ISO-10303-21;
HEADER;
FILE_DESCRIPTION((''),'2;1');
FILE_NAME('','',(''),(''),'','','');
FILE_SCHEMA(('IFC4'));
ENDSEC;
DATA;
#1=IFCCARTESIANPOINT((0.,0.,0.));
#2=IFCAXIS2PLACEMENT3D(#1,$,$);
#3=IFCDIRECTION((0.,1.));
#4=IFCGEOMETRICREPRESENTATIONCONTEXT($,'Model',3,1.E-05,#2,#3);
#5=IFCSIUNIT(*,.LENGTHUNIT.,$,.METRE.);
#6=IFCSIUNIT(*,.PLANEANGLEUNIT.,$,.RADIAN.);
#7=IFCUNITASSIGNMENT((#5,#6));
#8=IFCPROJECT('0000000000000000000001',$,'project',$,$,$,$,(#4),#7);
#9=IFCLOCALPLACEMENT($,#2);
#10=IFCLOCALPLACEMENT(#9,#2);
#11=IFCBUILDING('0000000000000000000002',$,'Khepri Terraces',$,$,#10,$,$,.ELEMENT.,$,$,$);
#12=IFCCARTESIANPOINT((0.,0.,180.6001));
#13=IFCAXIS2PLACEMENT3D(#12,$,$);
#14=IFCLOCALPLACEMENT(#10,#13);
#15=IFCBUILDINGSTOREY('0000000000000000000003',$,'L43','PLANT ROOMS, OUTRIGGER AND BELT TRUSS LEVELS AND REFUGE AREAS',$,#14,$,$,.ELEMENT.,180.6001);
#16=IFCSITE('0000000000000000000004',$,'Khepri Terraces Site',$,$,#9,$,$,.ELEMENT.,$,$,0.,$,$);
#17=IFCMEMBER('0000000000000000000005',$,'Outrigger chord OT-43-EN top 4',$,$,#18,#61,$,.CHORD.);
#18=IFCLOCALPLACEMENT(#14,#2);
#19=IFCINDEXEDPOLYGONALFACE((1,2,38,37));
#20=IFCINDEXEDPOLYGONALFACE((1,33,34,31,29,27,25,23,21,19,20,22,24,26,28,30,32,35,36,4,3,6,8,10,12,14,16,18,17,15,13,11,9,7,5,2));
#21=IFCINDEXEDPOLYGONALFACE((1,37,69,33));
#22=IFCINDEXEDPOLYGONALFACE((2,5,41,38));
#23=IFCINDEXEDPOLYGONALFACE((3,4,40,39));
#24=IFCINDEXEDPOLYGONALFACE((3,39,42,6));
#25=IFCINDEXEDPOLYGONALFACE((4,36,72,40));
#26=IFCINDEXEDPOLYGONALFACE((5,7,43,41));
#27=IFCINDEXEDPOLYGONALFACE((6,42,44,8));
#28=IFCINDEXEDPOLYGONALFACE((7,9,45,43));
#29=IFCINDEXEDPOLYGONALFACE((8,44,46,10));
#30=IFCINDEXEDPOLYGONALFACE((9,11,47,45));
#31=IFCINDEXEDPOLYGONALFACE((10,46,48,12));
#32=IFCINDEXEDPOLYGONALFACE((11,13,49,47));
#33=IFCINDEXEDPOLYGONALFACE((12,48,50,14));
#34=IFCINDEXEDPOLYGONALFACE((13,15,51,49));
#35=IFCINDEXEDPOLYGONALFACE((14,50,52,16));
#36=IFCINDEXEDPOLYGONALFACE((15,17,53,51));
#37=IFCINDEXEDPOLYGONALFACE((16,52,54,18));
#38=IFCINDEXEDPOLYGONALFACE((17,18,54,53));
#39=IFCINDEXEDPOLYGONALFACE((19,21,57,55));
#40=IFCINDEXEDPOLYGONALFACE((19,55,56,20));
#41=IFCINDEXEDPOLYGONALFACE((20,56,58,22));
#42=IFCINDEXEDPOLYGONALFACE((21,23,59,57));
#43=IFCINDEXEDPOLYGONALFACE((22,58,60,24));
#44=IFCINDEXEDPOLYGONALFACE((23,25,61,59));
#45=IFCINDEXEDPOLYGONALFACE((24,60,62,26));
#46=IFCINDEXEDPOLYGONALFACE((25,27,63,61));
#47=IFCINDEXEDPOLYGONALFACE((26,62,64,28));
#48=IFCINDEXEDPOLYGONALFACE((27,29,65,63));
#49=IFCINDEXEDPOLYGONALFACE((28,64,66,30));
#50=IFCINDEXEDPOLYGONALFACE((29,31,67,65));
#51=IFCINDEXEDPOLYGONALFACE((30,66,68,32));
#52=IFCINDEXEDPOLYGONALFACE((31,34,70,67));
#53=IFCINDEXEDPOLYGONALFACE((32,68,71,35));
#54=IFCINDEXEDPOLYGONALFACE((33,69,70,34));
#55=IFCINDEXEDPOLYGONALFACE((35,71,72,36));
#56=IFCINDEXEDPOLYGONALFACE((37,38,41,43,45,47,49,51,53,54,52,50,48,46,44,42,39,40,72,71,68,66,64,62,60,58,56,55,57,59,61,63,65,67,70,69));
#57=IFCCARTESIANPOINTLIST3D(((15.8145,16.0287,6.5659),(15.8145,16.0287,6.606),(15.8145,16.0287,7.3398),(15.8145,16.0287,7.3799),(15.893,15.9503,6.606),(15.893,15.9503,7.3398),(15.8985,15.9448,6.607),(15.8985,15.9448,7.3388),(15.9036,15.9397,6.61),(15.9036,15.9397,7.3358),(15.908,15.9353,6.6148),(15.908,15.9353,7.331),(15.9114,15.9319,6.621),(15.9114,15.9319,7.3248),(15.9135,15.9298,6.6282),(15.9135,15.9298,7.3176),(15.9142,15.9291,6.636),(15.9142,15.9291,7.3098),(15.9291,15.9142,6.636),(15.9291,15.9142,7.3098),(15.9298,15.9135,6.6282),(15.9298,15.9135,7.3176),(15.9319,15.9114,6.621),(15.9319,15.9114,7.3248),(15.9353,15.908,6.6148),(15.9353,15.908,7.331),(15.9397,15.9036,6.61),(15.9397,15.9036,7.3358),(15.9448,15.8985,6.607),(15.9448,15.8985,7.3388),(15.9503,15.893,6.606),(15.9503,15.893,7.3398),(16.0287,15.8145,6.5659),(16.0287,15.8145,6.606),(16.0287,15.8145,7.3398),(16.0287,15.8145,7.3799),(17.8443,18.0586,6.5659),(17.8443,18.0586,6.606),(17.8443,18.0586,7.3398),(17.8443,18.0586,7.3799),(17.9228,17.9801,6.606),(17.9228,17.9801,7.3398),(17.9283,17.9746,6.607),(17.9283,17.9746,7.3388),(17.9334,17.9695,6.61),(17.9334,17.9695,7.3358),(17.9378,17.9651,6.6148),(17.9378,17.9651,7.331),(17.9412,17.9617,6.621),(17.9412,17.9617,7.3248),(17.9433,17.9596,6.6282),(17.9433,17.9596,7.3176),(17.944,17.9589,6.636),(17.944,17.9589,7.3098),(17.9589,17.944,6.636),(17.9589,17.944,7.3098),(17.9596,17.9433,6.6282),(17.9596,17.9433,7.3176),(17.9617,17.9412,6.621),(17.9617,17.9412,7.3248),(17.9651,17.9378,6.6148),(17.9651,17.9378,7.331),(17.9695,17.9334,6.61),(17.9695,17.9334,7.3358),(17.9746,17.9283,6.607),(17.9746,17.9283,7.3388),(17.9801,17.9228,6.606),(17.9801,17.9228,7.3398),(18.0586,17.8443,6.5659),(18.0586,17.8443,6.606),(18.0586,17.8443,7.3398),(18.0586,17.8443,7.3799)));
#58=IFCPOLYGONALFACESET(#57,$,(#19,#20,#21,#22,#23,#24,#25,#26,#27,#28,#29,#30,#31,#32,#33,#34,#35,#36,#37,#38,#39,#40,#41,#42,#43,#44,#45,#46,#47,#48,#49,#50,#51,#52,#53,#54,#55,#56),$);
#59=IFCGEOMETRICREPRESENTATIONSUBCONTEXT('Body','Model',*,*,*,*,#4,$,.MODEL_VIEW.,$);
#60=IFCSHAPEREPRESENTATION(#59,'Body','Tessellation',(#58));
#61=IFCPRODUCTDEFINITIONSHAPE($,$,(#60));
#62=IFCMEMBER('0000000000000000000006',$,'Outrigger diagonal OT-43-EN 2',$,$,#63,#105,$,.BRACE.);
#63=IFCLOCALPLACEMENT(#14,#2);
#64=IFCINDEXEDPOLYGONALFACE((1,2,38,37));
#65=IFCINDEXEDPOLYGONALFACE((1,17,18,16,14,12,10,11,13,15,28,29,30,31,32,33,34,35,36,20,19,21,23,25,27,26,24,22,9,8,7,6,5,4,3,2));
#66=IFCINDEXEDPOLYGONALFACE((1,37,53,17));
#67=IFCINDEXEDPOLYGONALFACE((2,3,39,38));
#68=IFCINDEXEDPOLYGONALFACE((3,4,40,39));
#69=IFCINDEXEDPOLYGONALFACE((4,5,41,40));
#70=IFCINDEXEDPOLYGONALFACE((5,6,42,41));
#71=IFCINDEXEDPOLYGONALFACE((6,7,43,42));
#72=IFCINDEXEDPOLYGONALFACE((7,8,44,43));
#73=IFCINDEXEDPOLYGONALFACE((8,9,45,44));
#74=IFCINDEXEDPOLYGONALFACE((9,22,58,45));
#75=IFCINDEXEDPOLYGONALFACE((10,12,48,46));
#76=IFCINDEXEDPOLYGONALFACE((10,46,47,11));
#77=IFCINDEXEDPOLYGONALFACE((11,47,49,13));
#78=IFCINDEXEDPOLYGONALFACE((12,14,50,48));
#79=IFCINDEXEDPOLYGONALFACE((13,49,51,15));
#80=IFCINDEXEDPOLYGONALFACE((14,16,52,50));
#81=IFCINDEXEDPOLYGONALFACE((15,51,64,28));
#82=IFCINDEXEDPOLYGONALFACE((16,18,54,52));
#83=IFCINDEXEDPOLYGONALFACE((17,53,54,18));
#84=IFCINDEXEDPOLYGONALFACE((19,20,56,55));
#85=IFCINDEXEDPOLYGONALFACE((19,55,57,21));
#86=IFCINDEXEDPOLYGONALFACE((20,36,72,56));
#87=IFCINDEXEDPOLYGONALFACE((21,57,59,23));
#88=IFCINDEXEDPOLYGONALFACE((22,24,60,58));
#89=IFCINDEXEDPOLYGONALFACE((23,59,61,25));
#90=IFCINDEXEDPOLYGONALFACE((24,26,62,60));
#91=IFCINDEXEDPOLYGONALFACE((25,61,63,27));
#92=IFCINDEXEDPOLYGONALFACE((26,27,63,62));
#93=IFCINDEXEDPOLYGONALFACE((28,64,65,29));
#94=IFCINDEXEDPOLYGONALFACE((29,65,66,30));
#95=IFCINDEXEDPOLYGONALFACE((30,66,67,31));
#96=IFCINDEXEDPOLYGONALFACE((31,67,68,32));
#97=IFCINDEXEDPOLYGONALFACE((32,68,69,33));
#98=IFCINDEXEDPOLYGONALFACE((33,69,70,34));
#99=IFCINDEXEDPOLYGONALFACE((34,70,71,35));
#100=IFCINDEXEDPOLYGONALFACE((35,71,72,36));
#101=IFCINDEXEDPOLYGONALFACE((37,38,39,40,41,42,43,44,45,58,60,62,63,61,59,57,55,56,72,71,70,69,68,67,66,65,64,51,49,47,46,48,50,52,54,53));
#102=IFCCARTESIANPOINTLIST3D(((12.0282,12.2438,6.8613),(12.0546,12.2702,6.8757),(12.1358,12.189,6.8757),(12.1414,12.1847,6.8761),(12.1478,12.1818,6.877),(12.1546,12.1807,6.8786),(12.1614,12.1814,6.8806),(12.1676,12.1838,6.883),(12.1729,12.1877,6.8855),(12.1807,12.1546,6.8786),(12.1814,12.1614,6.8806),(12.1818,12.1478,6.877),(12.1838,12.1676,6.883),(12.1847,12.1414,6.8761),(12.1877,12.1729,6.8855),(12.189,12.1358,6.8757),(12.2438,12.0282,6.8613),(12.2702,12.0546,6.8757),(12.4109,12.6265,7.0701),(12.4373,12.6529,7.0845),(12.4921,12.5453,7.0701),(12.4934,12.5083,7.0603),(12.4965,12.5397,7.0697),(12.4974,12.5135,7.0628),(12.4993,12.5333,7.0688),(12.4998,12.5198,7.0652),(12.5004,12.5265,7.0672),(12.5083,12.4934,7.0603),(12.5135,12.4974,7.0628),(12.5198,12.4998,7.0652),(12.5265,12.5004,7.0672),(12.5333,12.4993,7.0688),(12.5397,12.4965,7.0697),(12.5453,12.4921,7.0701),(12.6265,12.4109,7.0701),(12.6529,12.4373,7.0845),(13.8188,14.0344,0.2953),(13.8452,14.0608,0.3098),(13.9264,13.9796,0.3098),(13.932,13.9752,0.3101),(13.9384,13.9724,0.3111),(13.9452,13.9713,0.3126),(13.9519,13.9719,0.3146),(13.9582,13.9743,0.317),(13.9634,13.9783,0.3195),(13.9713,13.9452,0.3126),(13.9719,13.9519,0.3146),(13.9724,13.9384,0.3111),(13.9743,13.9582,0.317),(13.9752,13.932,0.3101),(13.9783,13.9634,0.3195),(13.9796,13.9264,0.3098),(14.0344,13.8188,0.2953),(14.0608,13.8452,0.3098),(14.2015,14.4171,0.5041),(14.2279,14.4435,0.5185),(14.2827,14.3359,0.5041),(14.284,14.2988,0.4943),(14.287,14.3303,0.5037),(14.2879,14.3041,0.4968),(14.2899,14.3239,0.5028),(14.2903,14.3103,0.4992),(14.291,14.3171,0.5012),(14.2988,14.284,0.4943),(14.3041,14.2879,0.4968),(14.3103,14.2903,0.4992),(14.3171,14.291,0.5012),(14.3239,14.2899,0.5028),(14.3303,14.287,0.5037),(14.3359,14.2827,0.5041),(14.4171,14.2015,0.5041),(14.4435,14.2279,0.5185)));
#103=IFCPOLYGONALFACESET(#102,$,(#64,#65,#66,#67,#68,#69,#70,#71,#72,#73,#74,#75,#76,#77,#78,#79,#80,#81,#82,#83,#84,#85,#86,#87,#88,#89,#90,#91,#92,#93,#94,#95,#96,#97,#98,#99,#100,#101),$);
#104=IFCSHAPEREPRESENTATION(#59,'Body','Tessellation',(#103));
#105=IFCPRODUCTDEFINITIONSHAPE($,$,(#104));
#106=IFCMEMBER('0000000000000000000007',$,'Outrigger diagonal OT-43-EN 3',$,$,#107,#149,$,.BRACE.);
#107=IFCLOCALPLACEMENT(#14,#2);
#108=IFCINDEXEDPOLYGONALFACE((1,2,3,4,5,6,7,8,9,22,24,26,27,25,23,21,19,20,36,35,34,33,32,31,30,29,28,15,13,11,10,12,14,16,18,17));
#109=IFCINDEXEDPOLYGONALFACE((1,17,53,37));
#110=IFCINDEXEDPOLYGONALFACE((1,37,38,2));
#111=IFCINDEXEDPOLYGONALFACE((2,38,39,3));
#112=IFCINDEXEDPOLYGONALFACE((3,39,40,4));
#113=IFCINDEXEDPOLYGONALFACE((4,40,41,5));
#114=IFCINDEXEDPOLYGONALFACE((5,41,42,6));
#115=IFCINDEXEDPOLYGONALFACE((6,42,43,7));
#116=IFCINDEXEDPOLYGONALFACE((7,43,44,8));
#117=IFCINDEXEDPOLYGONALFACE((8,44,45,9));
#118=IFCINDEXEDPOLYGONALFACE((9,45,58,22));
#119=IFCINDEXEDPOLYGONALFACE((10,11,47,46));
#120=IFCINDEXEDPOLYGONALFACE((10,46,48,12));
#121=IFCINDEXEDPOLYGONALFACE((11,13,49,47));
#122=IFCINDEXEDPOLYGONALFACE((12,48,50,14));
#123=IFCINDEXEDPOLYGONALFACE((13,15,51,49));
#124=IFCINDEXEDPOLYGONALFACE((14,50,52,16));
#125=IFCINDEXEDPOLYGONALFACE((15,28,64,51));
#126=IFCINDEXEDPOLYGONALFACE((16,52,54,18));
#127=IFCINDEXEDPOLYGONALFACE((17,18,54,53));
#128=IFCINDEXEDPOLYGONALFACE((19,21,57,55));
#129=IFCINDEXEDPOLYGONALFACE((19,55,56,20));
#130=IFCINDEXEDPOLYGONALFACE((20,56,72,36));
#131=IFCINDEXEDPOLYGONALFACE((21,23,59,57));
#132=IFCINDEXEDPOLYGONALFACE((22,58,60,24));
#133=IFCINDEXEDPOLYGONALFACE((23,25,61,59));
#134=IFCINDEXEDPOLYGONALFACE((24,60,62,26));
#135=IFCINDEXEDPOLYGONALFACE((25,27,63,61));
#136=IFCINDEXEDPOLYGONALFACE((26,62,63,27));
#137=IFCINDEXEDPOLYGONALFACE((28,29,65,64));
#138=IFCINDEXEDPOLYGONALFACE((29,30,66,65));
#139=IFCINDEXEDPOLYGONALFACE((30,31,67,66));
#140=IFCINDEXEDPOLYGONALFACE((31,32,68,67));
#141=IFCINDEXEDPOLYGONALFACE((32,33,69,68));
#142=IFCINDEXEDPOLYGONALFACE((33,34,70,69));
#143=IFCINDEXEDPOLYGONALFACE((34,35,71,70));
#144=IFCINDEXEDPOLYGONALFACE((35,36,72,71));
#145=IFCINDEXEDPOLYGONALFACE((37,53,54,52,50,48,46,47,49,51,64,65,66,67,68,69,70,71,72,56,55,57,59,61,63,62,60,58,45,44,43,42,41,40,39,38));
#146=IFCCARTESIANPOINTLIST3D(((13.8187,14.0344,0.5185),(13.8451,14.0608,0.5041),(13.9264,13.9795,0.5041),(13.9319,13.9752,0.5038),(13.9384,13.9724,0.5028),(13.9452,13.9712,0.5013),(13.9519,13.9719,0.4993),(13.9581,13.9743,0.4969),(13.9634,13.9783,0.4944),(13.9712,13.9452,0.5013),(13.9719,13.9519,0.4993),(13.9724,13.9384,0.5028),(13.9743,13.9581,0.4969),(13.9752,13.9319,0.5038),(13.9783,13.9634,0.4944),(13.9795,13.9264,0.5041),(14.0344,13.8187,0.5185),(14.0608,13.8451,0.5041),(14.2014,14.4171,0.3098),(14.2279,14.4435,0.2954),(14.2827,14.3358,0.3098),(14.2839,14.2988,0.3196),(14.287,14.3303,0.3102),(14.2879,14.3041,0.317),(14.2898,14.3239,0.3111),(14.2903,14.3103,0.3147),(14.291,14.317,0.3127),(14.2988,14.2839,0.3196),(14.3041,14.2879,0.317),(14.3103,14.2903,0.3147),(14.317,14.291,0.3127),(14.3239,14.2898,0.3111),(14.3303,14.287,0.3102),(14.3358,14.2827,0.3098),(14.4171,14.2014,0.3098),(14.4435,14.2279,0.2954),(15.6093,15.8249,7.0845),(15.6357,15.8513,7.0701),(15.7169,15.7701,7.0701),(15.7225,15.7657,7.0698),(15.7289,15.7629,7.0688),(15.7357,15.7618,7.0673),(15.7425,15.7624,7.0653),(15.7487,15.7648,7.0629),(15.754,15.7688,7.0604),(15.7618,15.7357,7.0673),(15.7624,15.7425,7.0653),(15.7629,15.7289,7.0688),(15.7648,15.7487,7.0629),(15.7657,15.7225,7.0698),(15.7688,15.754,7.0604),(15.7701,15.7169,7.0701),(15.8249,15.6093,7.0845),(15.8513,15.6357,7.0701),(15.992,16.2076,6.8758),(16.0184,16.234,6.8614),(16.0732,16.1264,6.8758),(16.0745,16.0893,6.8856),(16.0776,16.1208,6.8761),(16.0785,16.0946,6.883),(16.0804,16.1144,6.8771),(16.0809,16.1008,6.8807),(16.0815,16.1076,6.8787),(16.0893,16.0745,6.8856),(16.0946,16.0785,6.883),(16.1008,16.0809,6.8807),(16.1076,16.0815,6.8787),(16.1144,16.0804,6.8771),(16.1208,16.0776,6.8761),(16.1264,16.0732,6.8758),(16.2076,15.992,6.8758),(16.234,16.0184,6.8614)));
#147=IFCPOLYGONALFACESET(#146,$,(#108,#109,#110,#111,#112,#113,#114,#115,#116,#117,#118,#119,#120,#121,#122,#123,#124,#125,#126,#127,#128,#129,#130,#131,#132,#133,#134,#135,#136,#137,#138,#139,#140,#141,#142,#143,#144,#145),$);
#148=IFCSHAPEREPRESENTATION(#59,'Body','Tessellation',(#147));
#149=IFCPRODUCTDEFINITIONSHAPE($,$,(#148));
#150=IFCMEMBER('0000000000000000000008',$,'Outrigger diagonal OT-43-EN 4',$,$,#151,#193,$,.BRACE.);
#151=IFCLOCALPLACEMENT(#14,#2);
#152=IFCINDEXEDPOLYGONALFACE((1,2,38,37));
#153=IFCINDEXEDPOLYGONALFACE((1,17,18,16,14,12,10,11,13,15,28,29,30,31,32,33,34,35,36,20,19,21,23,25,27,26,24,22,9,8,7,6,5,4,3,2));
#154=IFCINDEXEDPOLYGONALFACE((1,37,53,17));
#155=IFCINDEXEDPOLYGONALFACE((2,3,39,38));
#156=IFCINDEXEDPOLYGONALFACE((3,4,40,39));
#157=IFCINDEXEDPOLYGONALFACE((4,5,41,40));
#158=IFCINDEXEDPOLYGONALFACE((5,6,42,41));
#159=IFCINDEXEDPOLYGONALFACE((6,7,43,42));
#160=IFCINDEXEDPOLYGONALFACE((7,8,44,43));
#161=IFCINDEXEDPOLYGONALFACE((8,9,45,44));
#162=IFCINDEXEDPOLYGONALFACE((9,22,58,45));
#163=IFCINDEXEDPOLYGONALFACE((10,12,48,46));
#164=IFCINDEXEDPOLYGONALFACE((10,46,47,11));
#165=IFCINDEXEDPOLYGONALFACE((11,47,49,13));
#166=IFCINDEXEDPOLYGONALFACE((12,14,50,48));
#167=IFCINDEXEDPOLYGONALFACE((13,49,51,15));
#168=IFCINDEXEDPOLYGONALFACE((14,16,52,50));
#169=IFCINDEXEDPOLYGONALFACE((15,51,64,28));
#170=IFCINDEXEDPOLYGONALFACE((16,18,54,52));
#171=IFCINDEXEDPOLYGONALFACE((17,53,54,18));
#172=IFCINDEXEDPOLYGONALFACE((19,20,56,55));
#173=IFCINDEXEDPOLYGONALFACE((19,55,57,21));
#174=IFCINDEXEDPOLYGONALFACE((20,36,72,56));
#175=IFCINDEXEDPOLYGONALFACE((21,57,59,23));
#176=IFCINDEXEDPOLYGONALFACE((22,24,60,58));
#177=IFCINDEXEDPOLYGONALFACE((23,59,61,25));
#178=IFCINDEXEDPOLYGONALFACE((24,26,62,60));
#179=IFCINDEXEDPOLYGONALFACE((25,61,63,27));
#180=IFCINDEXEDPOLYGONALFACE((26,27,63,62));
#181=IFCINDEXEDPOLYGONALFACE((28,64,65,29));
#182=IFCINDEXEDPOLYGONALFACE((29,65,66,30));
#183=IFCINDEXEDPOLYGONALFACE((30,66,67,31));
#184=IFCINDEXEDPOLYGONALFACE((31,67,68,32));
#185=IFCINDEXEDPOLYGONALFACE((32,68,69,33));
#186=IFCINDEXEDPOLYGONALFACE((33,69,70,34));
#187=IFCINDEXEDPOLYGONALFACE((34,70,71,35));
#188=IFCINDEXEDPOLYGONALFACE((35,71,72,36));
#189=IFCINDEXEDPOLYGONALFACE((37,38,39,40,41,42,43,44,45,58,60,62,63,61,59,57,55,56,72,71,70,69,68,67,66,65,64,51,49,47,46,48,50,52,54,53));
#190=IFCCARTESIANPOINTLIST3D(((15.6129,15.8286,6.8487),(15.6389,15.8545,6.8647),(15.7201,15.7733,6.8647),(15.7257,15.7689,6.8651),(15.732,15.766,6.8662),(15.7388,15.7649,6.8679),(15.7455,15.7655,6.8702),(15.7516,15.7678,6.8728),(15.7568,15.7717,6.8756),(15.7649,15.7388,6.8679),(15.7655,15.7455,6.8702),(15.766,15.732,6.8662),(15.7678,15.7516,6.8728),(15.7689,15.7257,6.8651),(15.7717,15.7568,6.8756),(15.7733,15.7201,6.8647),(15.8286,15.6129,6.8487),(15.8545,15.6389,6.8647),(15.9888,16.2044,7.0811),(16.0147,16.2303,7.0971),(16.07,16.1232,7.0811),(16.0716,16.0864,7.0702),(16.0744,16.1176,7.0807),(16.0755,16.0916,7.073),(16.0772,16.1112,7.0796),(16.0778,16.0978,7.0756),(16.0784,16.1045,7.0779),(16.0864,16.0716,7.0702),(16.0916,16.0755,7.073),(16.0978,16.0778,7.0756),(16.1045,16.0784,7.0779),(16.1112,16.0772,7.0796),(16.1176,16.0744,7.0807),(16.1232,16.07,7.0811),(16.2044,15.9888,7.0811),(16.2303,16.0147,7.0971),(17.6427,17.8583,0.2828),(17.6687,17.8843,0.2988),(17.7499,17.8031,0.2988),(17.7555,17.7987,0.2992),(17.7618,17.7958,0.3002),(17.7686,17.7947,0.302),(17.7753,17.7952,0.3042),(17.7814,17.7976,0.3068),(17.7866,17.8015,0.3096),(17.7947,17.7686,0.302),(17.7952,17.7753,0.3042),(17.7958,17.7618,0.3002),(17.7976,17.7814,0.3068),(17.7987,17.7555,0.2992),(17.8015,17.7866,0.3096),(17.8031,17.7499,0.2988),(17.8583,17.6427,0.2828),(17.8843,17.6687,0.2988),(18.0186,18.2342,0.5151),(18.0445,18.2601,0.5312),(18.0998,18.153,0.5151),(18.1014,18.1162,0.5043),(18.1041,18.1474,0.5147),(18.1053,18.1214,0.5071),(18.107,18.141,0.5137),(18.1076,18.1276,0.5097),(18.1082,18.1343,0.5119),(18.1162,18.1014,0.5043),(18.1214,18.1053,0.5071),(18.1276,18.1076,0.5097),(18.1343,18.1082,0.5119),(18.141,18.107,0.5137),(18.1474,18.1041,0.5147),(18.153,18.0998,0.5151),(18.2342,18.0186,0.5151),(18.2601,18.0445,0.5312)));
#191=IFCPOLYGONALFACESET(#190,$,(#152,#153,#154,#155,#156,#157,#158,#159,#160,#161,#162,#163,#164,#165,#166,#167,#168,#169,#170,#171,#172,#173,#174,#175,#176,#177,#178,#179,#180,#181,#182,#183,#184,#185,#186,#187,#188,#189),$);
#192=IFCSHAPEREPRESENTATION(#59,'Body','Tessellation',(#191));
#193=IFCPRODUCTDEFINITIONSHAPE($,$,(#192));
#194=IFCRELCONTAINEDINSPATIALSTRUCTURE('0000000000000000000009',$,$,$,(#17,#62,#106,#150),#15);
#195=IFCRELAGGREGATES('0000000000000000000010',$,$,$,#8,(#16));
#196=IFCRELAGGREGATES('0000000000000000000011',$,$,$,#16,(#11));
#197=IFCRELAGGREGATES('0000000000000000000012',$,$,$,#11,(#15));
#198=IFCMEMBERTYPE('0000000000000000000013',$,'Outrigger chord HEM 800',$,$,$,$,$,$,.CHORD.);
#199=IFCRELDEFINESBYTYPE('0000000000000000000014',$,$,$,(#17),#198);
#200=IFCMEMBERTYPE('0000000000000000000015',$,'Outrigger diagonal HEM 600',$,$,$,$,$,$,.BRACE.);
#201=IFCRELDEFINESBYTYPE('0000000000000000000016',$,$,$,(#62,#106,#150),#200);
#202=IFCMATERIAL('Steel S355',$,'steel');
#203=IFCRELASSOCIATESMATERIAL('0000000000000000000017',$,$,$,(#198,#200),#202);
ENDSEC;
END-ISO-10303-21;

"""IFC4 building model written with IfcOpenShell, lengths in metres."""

from ifc_helpers import new_model, si_unit, direction, frame, origin, origin_2d, place, context, subcontext, project, spatial, i_section, extrude, material, material_profile, profile_set, type_object, element, save


model = new_model("IFC4")

# Units and contexts
model_context = context("Model", 3, precision=1e-05, world=origin(), true_north=direction((0.0, 1.0)))
body_context = subcontext(model_context, "Body", "Model", "MODEL_VIEW")
ifc_project = project(units=[si_unit("LENGTHUNIT", "METRE"), si_unit("PLANEANGLEUNIT", "RADIAN")], contexts=[model_context])

# Site, building, storey
site_placement = place(None, origin())
site = spatial("IfcSite", under=ifc_project, at=site_placement, Name="Khepri Terraces Site", CompositionType="ELEMENT", RefElevation=0.0)
building_placement = place(site_placement, origin())
building = spatial("IfcBuilding", under=site, at=building_placement, Name="Khepri Terraces", CompositionType="ELEMENT")
storey_placement = place(building_placement, frame((0.0, 0.0, 180.6001)))
storey = spatial("IfcBuildingStorey", under=building, at=storey_placement, Name="L43", Description="PLANT ROOMS, OUTRIGGER AND BELT TRUSS LEVELS AND REFUGE AREAS", CompositionType="ELEMENT", Elevation=180.6001)

# Members
ifc_material_1 = material(Name="Steel S355", Category="steel")
ifc_material_profile_1 = material_profile(ifc_material_1, i_section(OverallWidth=0.303, OverallDepth=0.814, WebThickness=0.021, FlangeThickness=0.04, FilletRadius=0.03, at=origin_2d()), Name="Steel S355", Category="steel")
ifc_profile_set_1 = profile_set([ifc_material_profile_1], Name="Steel S355")
member_type_1 = type_object("IfcMemberType", Name="Outrigger chord HEM 800", PredefinedType="CHORD", material=ifc_profile_set_1)
for number, where, z_axis, x_axis, name in (
    (1, (15.9216, 15.9216, 6.9729), (0.707107, 0.707107, 0.0), (-0.707107, 0.707107, 0.0), "Outrigger chord OT-43-EN top 4"),
):
    element("IfcMember", number, at=place(storey_placement, frame(where, z_axis=z_axis, x_axis=x_axis)), inside=storey, type_object=member_type_1, Name=name, PredefinedType="CHORD", context=body_context, shape_type="SweptSolid", body=[
        extrude(i_section(OverallWidth=0.303, OverallDepth=0.814, WebThickness=0.021, FlangeThickness=0.04, FilletRadius=0.03, at=origin_2d()), origin(), (0.0, 0.0, 1.0), 2.8706),
    ])
ifc_material_profile_2 = material_profile(ifc_material_1, i_section(OverallWidth=0.3049, OverallDepth=0.6201, WebThickness=0.021, FlangeThickness=0.04, FilletRadius=0.0271, at=origin_2d()), Name="Steel S355", Category="steel")
ifc_profile_set_2 = profile_set([ifc_material_profile_2], Name="Steel S355")
member_type_2 = type_object("IfcMemberType", Name="Outrigger diagonal HEM 600", PredefinedType="BRACE", material=ifc_profile_set_2)
for number, where, z_axis, x_axis, name in (
    (2, (12.3406, 12.3406, 6.9729), (0.254435, 0.254435, -0.93302), (-0.707107, 0.707107, 0.0), "Outrigger diagonal OT-43-EN 2"),
    (3, (14.1311, 14.1311, 0.407), (0.254435, 0.254435, 0.93302), (-0.707107, 0.707107, 0.0), "Outrigger diagonal OT-43-EN 3"),
):
    element("IfcMember", number, at=place(storey_placement, frame(where, z_axis=z_axis, x_axis=x_axis)), inside=storey, type_object=member_type_2, Name=name, PredefinedType="BRACE", context=body_context, shape_type="SweptSolid", body=[
        extrude(i_section(OverallWidth=0.3049, OverallDepth=0.6201, WebThickness=0.021, FlangeThickness=0.04, FilletRadius=0.0271, at=origin_2d()), origin(), (0.0, 0.0, 1.0), 7.0374),
    ])
member_1_placement = place(storey_placement, frame((15.9216, 15.9216, 6.9729), z_axis=(0.283253, 0.283253, -0.916262), x_axis=(-0.707107, 0.707107, 0.0)))
element("IfcMember", 4, at=member_1_placement, inside=storey, type_object=member_type_2, Name="Outrigger diagonal OT-43-EN 4", PredefinedType="BRACE", context=body_context, shape_type="SweptSolid", body=[
    extrude(i_section(OverallWidth=0.3049, OverallDepth=0.6201, WebThickness=0.021, FlangeThickness=0.04, FilletRadius=0.0271, at=origin_2d()), origin(), (0.0, 0.0, 1.0), 7.166),
])

save(model, "model.ifc")
